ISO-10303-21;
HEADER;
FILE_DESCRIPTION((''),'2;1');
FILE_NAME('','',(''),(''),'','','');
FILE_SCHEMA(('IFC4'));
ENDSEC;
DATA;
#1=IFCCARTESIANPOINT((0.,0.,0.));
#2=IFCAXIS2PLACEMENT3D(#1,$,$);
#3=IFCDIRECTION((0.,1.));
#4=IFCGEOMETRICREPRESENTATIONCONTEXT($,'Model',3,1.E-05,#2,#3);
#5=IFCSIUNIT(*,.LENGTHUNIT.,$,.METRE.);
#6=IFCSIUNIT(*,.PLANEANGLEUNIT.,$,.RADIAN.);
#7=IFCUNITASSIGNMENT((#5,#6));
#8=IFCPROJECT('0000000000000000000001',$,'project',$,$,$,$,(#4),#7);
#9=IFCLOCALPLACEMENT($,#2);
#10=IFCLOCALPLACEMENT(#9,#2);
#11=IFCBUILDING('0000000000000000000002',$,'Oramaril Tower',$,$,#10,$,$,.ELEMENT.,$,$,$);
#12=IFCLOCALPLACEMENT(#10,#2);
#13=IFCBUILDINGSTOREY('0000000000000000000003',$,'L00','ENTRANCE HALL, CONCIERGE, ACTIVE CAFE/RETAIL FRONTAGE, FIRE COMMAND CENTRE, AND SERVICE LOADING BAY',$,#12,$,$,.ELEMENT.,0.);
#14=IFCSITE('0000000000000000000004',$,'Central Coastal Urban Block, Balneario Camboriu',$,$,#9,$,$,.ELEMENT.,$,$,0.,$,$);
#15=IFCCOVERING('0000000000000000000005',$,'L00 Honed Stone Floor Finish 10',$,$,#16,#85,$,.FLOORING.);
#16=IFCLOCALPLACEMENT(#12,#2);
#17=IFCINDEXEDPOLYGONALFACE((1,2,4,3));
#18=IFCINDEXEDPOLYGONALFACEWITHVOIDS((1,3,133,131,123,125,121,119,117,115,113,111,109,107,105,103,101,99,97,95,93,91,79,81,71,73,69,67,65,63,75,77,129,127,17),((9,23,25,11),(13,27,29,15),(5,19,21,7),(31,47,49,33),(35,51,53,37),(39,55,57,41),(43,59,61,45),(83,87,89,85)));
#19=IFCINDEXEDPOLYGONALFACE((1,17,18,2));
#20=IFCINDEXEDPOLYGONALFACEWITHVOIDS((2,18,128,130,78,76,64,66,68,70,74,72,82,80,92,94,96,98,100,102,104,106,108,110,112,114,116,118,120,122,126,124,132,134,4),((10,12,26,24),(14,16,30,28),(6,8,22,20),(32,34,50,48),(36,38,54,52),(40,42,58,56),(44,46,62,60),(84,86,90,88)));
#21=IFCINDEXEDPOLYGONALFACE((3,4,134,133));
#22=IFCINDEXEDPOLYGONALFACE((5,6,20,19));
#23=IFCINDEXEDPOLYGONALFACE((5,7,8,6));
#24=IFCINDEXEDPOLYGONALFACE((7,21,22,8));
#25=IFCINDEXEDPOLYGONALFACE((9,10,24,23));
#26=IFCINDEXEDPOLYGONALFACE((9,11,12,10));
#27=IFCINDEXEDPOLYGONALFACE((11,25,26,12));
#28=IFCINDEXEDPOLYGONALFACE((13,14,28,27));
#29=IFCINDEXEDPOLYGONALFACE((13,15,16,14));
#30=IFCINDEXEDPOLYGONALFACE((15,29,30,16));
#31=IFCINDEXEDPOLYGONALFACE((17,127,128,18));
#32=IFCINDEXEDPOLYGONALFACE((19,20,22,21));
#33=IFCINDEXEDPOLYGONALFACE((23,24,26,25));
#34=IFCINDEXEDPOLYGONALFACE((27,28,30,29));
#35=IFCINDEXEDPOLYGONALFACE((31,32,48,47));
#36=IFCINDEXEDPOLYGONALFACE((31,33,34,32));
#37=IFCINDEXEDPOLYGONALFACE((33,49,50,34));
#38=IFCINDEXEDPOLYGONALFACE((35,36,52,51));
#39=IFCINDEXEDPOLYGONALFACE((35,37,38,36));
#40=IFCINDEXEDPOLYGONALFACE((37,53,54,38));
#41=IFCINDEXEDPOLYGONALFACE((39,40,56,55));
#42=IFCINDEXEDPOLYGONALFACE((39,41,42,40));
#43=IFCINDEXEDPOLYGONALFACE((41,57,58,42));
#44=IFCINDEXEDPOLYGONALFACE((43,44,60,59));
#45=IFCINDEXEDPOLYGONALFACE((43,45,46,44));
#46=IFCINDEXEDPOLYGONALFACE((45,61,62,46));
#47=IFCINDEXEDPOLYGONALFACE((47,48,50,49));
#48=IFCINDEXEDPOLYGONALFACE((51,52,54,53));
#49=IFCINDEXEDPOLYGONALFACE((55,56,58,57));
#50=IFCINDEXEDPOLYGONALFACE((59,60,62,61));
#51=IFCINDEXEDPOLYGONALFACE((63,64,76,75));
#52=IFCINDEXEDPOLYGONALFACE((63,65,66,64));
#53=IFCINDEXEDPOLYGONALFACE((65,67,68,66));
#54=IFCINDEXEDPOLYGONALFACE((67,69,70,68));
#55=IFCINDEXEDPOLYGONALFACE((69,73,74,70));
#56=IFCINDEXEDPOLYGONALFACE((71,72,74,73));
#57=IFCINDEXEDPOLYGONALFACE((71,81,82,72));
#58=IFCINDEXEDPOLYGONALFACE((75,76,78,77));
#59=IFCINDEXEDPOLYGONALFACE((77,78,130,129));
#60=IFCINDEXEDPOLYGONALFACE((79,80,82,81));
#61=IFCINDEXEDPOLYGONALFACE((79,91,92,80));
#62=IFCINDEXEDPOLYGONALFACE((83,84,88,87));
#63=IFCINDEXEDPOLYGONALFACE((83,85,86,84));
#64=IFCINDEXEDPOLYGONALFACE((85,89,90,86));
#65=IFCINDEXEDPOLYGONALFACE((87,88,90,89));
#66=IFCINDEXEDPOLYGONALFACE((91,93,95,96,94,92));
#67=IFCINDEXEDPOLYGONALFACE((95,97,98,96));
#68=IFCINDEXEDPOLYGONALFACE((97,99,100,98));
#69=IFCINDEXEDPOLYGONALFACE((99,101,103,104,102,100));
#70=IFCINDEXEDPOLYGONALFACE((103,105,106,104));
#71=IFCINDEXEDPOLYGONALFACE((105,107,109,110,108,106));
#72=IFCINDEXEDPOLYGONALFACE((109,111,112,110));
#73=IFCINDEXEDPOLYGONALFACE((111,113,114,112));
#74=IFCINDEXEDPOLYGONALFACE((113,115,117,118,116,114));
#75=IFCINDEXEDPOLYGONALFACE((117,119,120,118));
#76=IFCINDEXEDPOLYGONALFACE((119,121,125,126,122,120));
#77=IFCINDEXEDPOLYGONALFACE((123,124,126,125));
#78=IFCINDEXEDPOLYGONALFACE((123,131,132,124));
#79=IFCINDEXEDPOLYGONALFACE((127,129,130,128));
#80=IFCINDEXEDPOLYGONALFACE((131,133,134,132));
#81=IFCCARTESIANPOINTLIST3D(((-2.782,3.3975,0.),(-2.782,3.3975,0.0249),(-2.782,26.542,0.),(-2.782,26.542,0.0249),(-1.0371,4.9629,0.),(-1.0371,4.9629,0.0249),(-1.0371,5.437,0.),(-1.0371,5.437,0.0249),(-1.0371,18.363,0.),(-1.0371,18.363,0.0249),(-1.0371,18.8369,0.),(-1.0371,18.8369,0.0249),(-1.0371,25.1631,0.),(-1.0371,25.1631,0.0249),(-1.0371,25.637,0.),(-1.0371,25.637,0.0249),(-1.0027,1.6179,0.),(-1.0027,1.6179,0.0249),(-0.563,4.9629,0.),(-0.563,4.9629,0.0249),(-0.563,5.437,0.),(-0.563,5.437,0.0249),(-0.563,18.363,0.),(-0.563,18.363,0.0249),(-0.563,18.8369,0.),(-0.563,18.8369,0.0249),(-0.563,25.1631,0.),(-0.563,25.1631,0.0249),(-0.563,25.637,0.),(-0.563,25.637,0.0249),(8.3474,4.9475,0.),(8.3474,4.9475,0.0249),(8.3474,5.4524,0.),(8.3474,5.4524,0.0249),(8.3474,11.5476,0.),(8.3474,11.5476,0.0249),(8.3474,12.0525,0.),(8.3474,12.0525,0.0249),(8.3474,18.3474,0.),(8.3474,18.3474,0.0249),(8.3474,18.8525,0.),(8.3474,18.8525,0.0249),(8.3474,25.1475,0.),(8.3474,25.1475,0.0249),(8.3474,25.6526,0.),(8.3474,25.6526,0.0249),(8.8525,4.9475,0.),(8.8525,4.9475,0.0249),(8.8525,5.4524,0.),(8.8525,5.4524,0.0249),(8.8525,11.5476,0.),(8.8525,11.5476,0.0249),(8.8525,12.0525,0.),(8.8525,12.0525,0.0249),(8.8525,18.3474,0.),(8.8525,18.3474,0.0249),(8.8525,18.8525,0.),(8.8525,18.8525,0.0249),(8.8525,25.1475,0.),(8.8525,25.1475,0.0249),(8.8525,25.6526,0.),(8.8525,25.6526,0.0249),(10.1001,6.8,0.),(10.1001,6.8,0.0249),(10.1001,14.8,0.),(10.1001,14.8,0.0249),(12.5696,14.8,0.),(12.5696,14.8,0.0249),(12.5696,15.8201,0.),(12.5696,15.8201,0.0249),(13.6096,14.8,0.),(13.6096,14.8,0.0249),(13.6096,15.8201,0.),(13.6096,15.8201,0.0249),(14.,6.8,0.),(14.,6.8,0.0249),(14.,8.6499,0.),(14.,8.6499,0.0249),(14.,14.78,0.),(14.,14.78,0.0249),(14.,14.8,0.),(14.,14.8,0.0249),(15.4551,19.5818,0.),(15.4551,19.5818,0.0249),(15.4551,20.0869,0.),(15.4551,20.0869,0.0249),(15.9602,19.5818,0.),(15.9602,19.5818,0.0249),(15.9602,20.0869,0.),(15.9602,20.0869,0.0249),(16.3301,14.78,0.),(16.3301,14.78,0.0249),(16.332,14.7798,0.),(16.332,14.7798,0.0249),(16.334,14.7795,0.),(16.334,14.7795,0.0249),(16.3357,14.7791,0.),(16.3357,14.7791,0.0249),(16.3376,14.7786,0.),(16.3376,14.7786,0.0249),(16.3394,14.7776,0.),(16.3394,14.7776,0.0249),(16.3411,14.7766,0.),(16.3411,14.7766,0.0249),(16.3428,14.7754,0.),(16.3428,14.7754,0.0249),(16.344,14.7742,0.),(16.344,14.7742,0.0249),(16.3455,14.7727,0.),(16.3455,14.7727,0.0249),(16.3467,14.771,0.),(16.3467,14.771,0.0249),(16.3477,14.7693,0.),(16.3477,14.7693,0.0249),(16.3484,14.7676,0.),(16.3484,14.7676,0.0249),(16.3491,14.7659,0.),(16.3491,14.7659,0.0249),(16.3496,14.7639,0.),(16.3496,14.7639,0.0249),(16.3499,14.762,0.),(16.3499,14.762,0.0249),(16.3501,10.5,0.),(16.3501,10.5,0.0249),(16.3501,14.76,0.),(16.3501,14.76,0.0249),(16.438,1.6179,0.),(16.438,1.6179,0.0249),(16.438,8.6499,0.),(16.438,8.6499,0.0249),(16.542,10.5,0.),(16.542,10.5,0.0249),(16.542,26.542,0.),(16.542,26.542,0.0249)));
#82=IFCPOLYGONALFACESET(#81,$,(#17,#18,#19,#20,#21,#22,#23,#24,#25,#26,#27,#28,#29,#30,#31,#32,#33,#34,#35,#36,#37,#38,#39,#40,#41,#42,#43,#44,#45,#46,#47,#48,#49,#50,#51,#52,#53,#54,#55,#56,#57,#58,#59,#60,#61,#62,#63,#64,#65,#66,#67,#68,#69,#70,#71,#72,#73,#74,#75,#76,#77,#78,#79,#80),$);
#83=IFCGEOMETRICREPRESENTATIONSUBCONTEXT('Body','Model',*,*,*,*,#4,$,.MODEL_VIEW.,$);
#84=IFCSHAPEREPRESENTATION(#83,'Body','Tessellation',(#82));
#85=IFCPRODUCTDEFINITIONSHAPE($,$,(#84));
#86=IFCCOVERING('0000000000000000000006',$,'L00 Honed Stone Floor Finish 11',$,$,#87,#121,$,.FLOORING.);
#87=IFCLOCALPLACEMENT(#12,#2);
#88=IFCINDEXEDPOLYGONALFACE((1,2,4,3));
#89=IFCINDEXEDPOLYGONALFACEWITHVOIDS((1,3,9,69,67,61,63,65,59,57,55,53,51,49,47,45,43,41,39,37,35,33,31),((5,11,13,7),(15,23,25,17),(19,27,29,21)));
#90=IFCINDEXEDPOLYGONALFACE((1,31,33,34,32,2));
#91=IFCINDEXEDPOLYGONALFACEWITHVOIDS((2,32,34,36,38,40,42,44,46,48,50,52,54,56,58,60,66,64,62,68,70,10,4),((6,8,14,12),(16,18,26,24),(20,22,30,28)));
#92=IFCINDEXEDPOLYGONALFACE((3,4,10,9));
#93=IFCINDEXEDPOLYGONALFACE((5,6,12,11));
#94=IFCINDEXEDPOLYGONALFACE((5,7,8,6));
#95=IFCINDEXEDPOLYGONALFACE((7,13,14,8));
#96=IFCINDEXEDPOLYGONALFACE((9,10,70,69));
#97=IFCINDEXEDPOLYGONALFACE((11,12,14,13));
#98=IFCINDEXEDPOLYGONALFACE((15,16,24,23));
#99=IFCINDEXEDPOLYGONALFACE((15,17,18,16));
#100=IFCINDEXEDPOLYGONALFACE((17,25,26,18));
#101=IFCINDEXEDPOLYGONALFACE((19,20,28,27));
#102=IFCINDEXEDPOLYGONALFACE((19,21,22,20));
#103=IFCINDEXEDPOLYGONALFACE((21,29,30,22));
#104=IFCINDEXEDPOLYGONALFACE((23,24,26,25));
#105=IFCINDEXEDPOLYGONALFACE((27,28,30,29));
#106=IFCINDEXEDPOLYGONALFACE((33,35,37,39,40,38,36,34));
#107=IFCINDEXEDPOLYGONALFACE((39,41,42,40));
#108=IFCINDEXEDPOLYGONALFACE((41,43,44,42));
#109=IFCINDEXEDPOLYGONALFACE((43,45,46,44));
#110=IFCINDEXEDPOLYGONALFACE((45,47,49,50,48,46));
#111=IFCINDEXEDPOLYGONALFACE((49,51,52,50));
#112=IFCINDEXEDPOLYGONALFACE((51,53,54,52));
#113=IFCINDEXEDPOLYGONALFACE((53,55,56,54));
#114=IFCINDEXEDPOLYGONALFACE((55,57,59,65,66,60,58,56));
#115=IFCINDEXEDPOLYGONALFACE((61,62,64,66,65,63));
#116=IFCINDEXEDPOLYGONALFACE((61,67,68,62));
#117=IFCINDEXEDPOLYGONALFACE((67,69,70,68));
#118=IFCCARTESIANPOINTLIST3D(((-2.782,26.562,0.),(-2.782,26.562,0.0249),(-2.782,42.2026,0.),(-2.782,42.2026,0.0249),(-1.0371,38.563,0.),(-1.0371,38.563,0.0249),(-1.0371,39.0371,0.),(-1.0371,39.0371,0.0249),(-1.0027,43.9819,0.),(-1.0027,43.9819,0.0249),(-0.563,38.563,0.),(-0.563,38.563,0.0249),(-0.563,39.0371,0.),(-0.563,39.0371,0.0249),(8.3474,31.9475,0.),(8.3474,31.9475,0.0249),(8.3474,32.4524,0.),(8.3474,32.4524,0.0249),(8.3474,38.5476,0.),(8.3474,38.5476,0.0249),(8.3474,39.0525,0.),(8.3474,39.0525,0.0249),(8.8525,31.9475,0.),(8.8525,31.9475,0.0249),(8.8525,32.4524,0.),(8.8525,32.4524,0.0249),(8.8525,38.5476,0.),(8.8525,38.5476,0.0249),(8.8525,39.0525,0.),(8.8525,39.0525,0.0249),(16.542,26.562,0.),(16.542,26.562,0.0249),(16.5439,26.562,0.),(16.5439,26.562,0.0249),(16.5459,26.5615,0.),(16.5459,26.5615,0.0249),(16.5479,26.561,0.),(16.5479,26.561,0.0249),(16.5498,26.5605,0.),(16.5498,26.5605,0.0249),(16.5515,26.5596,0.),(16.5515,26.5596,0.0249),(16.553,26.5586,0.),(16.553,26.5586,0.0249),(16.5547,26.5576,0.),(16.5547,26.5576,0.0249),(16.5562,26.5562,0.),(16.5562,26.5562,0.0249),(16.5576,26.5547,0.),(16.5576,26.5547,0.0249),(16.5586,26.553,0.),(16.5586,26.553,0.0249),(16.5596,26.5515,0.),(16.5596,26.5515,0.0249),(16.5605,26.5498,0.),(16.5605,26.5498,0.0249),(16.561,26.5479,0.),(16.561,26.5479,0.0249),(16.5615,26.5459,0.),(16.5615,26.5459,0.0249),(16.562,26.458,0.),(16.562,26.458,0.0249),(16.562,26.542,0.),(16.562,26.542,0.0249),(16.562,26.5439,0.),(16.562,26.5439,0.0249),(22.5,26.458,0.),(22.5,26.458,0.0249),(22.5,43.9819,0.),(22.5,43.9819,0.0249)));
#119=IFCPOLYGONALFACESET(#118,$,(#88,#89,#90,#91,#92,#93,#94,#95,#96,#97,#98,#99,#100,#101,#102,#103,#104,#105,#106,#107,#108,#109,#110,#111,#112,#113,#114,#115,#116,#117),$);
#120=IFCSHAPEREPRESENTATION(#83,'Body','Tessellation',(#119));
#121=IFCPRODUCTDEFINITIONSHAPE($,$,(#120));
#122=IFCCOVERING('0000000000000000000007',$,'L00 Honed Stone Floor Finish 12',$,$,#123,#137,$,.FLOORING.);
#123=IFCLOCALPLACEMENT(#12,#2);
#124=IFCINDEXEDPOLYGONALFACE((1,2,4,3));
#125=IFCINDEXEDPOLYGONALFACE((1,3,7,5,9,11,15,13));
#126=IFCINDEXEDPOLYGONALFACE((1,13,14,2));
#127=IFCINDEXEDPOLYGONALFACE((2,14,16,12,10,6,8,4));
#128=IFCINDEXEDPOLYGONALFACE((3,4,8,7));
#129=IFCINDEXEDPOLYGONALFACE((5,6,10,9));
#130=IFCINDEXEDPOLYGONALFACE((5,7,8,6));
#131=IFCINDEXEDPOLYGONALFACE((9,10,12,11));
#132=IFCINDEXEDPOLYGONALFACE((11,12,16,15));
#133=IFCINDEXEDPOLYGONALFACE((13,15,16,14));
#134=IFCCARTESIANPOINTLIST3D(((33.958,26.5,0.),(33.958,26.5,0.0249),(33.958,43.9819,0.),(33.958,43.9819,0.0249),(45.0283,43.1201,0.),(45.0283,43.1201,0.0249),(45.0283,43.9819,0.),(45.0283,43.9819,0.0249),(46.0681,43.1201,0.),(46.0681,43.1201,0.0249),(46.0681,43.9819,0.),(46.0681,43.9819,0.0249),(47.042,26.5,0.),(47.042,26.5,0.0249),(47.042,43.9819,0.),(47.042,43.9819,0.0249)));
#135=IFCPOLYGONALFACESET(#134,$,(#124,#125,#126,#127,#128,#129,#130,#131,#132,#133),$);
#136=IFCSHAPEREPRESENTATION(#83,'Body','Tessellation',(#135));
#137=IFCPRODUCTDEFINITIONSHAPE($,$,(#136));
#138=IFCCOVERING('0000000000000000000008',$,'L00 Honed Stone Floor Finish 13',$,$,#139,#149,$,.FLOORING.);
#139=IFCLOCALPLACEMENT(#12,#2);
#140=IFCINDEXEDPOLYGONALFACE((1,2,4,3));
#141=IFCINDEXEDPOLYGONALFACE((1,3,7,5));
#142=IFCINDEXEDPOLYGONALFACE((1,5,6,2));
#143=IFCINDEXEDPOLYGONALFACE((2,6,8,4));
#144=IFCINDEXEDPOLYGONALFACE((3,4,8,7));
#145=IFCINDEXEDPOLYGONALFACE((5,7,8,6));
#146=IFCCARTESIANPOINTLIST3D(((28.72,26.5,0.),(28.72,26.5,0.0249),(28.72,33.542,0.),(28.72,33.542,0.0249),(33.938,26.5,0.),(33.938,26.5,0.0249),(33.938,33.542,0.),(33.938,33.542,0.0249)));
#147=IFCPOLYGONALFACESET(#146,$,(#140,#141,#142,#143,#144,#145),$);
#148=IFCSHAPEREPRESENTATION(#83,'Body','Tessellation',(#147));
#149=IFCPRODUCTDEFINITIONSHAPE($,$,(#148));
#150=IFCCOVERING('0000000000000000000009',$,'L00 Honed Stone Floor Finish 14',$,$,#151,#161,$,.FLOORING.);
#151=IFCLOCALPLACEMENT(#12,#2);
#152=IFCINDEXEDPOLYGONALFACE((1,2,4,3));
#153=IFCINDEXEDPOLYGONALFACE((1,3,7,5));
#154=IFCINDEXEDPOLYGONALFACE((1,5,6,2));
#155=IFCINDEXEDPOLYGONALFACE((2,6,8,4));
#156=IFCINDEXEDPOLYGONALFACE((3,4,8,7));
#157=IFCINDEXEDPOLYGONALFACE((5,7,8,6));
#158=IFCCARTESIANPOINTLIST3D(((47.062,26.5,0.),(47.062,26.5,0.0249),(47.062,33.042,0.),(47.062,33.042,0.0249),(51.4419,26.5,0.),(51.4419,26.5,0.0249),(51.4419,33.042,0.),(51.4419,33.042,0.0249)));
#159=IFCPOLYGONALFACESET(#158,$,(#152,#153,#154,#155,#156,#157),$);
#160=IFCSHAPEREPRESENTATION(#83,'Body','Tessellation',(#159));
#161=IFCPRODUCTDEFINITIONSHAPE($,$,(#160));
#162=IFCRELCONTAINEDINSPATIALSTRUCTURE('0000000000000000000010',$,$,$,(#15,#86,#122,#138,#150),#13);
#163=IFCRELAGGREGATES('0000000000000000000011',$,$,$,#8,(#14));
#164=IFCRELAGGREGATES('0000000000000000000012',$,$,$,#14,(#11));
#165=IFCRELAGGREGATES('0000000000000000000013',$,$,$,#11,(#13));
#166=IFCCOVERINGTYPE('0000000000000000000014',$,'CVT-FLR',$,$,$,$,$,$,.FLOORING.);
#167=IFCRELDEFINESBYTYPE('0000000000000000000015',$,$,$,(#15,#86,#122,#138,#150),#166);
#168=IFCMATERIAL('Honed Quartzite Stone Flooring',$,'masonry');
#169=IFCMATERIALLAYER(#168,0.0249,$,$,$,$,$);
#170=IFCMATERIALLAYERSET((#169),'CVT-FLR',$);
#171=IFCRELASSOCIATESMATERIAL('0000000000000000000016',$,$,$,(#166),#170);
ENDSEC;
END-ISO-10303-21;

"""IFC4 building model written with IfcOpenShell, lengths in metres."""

from ifc_helpers import new_model, si_unit, direction, origin, place, context, subcontext, project, spatial, polyline, outline, extrude, material, layer, layer_set, type_object, element, save


model = new_model("IFC4")

# Units and contexts
model_context = context("Model", 3, precision=1e-05, world=origin(), true_north=direction((0.0, 1.0)))
body_context = subcontext(model_context, "Body", "Model", "MODEL_VIEW")
ifc_project = project(units=[si_unit("LENGTHUNIT", "METRE"), si_unit("PLANEANGLEUNIT", "RADIAN")], contexts=[model_context])

# Site, building, storey
site_placement = place(None, origin())
site = spatial("IfcSite", under=ifc_project, at=site_placement, Name="Central Coastal Urban Block, Balneario Camboriu", CompositionType="ELEMENT", RefElevation=0.0)
building_placement = place(site_placement, origin())
building = spatial("IfcBuilding", under=site, at=building_placement, Name="Oramaril Tower", CompositionType="ELEMENT")
storey_placement = place(building_placement, origin())
storey = spatial("IfcBuildingStorey", under=building, at=storey_placement, Name="L00", Description="ENTRANCE HALL, CONCIERGE, ACTIVE CAFE/RETAIL FRONTAGE, FIRE COMMAND CENTRE, AND SERVICE LOADING BAY", CompositionType="ELEMENT", Elevation=0.0)

# Coverings
ifc_material_1 = material(Name="Honed Quartzite Stone Flooring", Category="masonry")
ifc_layer_1 = layer(ifc_material_1, 0.0249)
ifc_layer_set_1 = layer_set([ifc_layer_1], Name="CVT-FLR")
covering_type_1 = type_object("IfcCoveringType", Name="CVT-FLR", PredefinedType="FLOORING", material=ifc_layer_set_1)
covering_1_placement = place(storey_placement, origin())
element("IfcCovering", 1, at=covering_1_placement, inside=storey, type_object=covering_type_1, Name="L00 Honed Stone Floor Finish 10", PredefinedType="FLOORING", context=body_context, shape_type="SweptSolid", body=[
    extrude(outline(polyline([(-1.0027, 1.6179), (-2.782, 3.3975), (-2.782, 26.542), (16.542, 26.542), (16.542, 10.5), (16.3501, 10.5), (16.3501, 14.76), (16.3499, 14.762), (16.3496, 14.7639), (16.3491, 14.7659), (16.3484, 14.7676), (16.3477, 14.7693), (16.3467, 14.771), (16.3455, 14.7727), (16.344, 14.7742), (16.3428, 14.7754), (16.3411, 14.7766), (16.3394, 14.7776), (16.3376, 14.7786), (16.3357, 14.7791), (16.334, 14.7795), (16.332, 14.7798), (16.3301, 14.78), (14.0, 14.78), (14.0, 14.8), (13.6096, 14.8), (13.6096, 15.8201), (12.5696, 15.8201), (12.5696, 14.8), (10.1001, 14.8), (10.1001, 6.8), (14.0, 6.8), (14.0, 8.6499), (16.438, 8.6499), (16.438, 1.6179), (-1.0027, 1.6179)]), holes=[polyline([(-0.563, 4.9629), (-0.563, 5.437), (-1.0371, 5.437), (-1.0371, 4.9629), (-0.563, 4.9629)]), polyline([(8.8525, 4.9475), (8.8525, 5.4524), (8.3474, 5.4524), (8.3474, 4.9475), (8.8525, 4.9475)]), polyline([(8.8525, 11.5476), (8.8525, 12.0525), (8.3474, 12.0525), (8.3474, 11.5476), (8.8525, 11.5476)]), polyline([(-0.563, 18.363), (-0.563, 18.8369), (-1.0371, 18.8369), (-1.0371, 18.363), (-0.563, 18.363)]), polyline([(8.8525, 18.3474), (8.8525, 18.8525), (8.3474, 18.8525), (8.3474, 18.3474), (8.8525, 18.3474)]), polyline([(15.9602, 20.0869), (15.4551, 20.0869), (15.4551, 19.5818), (15.9602, 19.5818), (15.9602, 20.0869)]), polyline([(-0.563, 25.1631), (-0.563, 25.637), (-1.0371, 25.637), (-1.0371, 25.1631), (-0.563, 25.1631)]), polyline([(8.8525, 25.6526), (8.3474, 25.6526), (8.3474, 25.1475), (8.8525, 25.1475), (8.8525, 25.6526)])]), origin(), (0.0, 0.0, 1.0), 0.0249),
])
covering_2_placement = place(storey_placement, origin())
element("IfcCovering", 2, at=covering_2_placement, inside=storey, type_object=covering_type_1, Name="L00 Honed Stone Floor Finish 11", PredefinedType="FLOORING", context=body_context, shape_type="SweptSolid", body=[
    extrude(outline(polyline([(16.562, 26.458), (16.562, 26.542), (16.562, 26.5439), (16.5615, 26.5459), (16.561, 26.5479), (16.5605, 26.5498), (16.5596, 26.5515), (16.5586, 26.553), (16.5576, 26.5547), (16.5562, 26.5562), (16.5547, 26.5576), (16.553, 26.5586), (16.5515, 26.5596), (16.5498, 26.5605), (16.5479, 26.561), (16.5459, 26.5615), (16.5439, 26.562), (16.542, 26.562), (-2.782, 26.562), (-2.782, 42.2026), (-1.0027, 43.9819), (22.5, 43.9819), (22.5, 26.458), (16.562, 26.458)]), holes=[polyline([(8.8525, 31.9475), (8.8525, 32.4524), (8.3474, 32.4524), (8.3474, 31.9475), (8.8525, 31.9475)]), polyline([(-0.563, 38.563), (-0.563, 39.0371), (-1.0371, 39.0371), (-1.0371, 38.563), (-0.563, 38.563)]), polyline([(8.8525, 39.0525), (8.3474, 39.0525), (8.3474, 38.5476), (8.8525, 38.5476), (8.8525, 39.0525)])]), origin(), (0.0, 0.0, 1.0), 0.0249),
])
covering_3_placement = place(storey_placement, origin())
element("IfcCovering", 3, at=covering_3_placement, inside=storey, type_object=covering_type_1, Name="L00 Honed Stone Floor Finish 12", PredefinedType="FLOORING", context=body_context, shape_type="SweptSolid", body=[
    extrude(outline(polyline([(45.0283, 43.9819), (45.0283, 43.1201), (46.0681, 43.1201), (46.0681, 43.9819), (47.042, 43.9819), (47.042, 26.5), (33.958, 26.5), (33.958, 43.9819), (45.0283, 43.9819)])), origin(), (0.0, 0.0, 1.0), 0.0249),
])
covering_4_placement = place(storey_placement, origin())
element("IfcCovering", 4, at=covering_4_placement, inside=storey, type_object=covering_type_1, Name="L00 Honed Stone Floor Finish 13", PredefinedType="FLOORING", context=body_context, shape_type="SweptSolid", body=[
    extrude(outline(polyline([(33.938, 33.542), (33.938, 26.5), (28.72, 26.5), (28.72, 33.542), (33.938, 33.542)])), origin(), (0.0, 0.0, 1.0), 0.0249),
])
covering_5_placement = place(storey_placement, origin())
element("IfcCovering", 5, at=covering_5_placement, inside=storey, type_object=covering_type_1, Name="L00 Honed Stone Floor Finish 14", PredefinedType="FLOORING", context=body_context, shape_type="SweptSolid", body=[
    extrude(outline(polyline([(51.4419, 26.5), (47.062, 26.5), (47.062, 33.042), (51.4419, 33.042), (51.4419, 26.5)])), origin(), (0.0, 0.0, 1.0), 0.0249),
])

save(model, "model.ifc")
